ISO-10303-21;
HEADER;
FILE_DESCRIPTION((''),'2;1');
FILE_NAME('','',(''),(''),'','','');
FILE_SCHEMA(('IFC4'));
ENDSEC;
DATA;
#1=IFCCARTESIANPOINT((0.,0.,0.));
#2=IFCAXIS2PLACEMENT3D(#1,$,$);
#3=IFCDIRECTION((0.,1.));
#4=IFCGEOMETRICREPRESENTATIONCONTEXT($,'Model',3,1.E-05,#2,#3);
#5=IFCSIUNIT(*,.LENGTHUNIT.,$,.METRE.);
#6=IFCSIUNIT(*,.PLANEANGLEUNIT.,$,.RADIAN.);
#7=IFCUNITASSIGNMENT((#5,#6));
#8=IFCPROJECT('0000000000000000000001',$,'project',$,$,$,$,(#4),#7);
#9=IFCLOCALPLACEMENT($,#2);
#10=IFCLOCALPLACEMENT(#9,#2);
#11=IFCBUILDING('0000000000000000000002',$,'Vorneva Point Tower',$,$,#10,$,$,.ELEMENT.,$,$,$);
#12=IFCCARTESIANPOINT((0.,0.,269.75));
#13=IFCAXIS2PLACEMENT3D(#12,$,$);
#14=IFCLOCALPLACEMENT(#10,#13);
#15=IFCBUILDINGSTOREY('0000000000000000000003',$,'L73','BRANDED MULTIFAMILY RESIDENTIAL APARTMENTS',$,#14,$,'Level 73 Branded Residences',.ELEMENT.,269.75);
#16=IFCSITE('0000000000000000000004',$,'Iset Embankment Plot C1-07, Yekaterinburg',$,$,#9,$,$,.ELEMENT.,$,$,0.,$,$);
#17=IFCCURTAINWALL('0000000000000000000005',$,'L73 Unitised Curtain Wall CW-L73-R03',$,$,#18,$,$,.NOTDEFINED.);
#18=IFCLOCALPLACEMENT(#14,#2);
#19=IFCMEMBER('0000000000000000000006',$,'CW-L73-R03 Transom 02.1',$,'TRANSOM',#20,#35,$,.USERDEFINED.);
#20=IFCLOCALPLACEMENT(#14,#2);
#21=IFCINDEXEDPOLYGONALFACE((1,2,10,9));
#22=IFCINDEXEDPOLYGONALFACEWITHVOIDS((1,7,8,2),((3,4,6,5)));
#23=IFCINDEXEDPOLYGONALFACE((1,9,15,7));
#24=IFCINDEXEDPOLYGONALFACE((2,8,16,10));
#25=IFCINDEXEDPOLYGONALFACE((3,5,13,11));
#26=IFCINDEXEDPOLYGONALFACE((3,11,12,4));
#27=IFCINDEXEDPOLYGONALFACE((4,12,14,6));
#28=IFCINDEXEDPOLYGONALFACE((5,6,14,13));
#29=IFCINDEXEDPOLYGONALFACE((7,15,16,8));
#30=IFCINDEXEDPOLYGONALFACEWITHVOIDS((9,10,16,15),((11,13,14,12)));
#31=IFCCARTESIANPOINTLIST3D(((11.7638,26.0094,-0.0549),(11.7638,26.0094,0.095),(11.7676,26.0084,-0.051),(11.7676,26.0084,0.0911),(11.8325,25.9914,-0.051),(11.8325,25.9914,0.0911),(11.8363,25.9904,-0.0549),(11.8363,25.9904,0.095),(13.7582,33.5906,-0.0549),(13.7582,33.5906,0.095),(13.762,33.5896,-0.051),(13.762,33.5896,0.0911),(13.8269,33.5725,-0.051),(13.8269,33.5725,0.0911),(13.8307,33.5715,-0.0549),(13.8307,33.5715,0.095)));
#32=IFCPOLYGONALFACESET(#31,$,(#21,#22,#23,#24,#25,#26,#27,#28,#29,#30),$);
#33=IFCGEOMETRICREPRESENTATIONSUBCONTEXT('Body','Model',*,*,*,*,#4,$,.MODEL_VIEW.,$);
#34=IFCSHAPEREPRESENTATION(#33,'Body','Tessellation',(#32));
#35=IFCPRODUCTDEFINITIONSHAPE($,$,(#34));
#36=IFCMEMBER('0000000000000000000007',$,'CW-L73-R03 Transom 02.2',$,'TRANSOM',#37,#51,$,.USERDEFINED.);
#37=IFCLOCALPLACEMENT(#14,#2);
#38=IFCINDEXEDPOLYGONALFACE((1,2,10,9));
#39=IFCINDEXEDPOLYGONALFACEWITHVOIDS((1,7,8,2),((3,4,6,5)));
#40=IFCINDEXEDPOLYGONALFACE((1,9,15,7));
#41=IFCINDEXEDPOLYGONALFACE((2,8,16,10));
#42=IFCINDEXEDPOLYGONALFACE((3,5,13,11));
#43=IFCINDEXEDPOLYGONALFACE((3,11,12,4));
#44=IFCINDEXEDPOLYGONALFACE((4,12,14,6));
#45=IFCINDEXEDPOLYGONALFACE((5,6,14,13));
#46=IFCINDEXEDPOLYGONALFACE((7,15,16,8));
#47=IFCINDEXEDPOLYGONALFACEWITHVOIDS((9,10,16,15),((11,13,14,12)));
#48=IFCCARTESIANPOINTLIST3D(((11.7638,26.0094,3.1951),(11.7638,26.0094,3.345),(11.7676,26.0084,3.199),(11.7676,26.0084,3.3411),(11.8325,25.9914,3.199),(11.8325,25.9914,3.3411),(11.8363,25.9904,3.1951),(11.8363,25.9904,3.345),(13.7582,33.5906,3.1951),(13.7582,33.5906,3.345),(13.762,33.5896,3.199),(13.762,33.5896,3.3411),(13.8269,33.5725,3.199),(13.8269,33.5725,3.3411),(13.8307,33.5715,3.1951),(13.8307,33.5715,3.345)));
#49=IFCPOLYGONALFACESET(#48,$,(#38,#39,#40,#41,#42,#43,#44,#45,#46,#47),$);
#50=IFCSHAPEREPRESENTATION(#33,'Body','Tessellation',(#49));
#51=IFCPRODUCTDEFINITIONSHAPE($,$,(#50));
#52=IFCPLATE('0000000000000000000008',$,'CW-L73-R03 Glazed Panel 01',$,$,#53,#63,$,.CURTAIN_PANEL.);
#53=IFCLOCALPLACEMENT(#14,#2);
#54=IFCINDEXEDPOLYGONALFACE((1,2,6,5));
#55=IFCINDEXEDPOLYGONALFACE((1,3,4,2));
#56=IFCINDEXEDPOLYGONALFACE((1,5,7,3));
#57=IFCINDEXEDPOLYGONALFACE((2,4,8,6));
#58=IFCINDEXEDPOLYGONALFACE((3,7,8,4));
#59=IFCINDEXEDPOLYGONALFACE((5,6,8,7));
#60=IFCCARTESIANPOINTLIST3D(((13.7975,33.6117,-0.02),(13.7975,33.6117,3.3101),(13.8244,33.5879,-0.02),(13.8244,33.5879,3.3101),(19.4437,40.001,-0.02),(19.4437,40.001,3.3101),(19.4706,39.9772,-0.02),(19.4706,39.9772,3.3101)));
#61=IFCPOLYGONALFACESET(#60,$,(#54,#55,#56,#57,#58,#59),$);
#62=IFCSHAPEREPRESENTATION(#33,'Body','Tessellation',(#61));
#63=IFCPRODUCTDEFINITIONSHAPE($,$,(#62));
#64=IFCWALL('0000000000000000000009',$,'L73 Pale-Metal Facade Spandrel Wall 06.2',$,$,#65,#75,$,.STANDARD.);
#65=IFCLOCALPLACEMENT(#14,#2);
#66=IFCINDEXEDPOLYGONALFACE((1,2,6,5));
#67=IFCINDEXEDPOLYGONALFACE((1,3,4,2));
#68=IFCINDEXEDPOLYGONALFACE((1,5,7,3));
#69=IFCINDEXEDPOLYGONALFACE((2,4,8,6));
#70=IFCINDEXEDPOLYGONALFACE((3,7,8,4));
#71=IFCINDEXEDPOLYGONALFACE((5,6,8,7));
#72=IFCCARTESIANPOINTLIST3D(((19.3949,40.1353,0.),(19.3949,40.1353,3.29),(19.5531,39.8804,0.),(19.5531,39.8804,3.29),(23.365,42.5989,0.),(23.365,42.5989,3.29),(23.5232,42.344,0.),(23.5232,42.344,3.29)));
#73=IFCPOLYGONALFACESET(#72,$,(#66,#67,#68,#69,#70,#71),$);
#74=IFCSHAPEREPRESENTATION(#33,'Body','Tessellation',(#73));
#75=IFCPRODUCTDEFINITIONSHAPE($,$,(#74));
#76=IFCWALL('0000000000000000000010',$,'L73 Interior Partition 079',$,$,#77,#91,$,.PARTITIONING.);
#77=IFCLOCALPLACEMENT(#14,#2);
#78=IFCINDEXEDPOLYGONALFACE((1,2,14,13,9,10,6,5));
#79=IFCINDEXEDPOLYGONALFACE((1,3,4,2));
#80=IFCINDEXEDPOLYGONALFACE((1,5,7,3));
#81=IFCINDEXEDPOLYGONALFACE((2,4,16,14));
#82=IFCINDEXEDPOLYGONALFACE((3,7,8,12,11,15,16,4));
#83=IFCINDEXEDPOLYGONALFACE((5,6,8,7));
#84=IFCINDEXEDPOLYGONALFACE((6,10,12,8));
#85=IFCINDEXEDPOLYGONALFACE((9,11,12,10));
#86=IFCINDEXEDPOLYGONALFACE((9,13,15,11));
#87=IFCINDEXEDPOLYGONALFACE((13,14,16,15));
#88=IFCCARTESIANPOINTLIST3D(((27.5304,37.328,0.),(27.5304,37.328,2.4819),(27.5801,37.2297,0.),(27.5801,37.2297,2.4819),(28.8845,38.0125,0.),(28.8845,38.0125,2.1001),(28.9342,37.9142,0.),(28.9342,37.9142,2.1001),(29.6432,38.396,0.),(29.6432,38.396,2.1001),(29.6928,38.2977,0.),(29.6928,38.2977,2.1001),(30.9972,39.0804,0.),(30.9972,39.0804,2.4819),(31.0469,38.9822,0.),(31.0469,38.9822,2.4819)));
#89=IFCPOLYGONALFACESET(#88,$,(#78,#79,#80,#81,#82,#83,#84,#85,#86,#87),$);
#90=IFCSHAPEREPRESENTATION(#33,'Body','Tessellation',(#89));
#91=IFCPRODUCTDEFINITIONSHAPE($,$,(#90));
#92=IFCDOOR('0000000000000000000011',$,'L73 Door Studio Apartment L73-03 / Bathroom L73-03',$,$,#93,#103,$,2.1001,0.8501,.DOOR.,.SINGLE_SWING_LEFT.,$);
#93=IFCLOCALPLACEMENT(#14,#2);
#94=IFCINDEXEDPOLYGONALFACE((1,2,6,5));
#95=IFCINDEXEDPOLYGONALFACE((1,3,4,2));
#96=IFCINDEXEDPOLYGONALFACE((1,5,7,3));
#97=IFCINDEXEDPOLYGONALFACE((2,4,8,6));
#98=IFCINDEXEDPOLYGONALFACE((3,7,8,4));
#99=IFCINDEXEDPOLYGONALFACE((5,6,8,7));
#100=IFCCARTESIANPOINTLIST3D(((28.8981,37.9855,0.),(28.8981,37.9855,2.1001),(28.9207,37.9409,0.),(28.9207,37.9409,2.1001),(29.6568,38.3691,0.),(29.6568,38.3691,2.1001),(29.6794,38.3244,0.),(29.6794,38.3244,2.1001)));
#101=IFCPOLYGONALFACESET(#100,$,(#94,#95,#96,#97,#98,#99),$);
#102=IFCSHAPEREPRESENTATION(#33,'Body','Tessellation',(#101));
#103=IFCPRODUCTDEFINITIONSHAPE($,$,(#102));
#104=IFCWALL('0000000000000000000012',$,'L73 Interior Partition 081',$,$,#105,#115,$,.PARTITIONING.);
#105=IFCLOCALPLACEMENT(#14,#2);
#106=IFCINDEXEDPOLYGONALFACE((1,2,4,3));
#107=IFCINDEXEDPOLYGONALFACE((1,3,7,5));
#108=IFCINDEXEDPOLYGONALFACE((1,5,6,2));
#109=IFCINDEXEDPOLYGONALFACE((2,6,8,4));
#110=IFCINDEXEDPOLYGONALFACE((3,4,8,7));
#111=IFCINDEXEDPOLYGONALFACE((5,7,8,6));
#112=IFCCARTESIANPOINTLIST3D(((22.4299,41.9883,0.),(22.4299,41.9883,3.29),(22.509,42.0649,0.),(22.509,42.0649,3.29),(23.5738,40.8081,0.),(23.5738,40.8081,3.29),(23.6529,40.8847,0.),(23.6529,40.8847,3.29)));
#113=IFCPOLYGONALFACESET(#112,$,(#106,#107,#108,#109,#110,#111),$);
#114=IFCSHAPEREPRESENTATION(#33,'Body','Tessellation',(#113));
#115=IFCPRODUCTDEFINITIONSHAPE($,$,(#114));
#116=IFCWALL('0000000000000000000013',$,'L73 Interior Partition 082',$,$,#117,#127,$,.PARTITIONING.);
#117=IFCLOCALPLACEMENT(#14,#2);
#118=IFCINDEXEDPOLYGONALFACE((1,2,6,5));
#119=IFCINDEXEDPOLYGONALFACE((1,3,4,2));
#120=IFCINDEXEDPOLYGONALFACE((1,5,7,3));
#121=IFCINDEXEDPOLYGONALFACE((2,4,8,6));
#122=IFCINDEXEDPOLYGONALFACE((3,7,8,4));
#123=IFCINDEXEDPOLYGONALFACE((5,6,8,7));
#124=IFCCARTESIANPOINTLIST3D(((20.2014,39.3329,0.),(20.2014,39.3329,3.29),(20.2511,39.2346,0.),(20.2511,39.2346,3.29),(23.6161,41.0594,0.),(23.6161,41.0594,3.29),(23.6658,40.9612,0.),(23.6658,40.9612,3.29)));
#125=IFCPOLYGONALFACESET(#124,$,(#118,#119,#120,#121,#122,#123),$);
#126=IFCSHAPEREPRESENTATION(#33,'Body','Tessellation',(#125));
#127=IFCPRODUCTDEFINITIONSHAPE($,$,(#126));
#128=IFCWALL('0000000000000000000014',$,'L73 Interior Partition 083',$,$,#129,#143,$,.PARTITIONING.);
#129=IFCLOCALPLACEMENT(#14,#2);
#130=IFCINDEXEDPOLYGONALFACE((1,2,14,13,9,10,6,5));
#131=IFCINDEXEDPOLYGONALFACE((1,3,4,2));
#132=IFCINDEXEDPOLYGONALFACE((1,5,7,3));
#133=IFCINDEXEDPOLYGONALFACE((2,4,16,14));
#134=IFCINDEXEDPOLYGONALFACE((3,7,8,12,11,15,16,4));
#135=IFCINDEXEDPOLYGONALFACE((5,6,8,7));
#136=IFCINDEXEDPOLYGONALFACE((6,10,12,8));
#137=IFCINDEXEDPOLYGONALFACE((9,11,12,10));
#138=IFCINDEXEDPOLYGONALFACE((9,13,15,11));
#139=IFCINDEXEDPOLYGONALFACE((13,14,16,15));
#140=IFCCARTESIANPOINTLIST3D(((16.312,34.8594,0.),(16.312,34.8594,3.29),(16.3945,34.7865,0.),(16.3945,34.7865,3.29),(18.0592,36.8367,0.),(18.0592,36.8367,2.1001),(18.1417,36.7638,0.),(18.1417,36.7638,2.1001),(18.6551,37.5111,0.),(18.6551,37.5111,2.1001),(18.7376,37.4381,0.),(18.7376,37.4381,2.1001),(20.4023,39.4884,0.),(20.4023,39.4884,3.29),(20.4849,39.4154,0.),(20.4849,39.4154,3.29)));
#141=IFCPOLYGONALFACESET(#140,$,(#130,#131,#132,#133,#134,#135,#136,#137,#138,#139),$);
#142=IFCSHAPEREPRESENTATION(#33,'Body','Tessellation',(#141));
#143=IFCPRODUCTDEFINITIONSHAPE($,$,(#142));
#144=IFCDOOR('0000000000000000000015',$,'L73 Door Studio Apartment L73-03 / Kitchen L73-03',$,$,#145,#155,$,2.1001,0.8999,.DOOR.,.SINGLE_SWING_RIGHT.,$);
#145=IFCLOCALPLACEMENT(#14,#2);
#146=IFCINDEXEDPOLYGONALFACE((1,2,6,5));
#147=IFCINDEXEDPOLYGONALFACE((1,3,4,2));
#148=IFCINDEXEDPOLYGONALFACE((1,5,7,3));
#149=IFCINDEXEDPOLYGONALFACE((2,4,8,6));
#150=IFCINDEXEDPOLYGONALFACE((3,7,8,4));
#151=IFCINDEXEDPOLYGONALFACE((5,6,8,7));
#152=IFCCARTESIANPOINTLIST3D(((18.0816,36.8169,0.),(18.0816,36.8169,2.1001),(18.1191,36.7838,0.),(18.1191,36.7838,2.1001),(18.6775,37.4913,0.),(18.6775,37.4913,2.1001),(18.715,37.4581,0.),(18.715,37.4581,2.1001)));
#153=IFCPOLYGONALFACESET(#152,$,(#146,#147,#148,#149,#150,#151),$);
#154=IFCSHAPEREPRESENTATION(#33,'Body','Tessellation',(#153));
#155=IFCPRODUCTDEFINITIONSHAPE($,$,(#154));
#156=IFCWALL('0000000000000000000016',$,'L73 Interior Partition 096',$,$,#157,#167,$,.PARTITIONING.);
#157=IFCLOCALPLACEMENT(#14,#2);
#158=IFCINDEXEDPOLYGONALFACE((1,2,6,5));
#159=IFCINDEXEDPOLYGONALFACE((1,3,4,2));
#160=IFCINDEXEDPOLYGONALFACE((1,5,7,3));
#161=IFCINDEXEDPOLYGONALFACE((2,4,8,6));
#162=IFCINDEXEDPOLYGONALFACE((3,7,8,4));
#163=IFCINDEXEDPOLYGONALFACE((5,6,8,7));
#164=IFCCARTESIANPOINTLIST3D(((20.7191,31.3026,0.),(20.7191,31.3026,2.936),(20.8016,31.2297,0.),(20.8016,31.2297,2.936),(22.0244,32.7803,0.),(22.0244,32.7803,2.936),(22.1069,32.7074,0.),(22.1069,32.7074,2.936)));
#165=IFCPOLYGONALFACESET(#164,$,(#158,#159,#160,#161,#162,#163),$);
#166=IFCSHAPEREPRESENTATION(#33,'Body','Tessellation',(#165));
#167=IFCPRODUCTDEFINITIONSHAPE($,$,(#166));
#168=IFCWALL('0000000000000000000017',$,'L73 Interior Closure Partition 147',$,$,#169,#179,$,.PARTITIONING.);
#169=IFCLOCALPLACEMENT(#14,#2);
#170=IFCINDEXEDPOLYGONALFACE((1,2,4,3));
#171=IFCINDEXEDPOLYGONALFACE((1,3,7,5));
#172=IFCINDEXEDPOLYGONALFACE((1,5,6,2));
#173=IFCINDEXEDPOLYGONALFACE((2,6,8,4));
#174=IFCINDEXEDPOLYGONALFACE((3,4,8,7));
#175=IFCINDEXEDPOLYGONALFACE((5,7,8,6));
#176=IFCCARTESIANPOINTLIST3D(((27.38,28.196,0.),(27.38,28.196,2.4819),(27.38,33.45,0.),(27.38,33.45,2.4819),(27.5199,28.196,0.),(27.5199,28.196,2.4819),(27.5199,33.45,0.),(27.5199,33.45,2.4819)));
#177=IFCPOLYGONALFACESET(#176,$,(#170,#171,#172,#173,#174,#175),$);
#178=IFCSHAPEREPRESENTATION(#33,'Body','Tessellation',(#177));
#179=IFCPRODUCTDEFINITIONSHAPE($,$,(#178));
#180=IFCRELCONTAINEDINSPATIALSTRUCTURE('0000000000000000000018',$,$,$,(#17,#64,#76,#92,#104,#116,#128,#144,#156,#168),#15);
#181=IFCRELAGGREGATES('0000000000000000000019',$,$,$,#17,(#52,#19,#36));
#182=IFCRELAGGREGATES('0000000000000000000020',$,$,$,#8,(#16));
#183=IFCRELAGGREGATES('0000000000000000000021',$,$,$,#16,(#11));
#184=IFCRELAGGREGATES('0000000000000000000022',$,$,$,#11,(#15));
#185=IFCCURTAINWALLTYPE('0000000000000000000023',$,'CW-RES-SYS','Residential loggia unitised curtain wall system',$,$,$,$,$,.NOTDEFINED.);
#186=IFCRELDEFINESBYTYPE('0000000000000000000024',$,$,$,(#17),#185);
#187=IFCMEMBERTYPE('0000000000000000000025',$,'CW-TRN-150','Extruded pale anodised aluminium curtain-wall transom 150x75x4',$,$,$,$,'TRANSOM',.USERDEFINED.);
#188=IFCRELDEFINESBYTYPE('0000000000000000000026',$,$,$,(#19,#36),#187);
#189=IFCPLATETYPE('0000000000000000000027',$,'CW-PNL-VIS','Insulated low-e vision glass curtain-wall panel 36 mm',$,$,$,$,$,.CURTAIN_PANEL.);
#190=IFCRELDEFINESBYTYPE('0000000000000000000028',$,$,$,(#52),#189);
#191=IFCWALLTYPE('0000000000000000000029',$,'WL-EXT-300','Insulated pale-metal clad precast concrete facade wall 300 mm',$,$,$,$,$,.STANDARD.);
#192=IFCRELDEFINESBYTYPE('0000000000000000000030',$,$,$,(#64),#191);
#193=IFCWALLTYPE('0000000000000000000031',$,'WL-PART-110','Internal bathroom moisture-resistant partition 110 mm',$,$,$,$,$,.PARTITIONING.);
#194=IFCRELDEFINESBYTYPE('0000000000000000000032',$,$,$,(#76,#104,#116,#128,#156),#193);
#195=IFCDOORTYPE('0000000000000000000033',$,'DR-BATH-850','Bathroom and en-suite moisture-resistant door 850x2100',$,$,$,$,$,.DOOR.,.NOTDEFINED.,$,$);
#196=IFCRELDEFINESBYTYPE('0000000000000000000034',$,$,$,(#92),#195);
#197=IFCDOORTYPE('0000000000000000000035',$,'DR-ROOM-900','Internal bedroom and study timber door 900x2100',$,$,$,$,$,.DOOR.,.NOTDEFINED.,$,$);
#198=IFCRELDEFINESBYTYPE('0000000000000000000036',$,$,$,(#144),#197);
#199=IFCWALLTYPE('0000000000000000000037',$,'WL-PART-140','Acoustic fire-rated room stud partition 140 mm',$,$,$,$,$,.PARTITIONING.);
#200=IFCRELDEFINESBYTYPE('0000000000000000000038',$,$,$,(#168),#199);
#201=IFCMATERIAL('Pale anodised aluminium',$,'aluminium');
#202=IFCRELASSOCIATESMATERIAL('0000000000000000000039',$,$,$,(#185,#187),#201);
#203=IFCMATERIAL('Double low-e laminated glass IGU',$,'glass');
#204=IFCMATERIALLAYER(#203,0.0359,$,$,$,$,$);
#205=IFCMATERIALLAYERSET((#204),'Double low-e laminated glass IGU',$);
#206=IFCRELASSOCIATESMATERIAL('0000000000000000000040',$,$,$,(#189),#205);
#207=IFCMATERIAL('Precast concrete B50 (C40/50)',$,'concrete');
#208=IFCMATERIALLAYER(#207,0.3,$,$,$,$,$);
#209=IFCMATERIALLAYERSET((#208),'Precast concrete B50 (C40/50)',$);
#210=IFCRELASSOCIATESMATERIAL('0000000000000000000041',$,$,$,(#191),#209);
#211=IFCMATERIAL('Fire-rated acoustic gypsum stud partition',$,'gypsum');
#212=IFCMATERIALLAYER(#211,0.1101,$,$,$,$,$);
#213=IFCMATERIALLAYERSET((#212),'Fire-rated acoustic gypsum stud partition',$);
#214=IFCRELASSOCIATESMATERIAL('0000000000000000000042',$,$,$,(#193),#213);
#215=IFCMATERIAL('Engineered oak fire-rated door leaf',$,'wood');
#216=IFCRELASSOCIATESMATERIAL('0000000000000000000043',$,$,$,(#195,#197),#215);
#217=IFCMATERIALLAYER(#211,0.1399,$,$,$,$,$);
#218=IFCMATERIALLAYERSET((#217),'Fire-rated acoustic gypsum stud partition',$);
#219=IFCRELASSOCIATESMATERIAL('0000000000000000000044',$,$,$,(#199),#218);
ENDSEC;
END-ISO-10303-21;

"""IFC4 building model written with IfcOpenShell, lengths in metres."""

from ifc_helpers import new_model, si_unit, direction, frame, frame_2d, origin, origin_2d, place, context, subcontext, project, spatial, rectangle, hollow_rectangle, extrude, material, layer, layer_set, material_profile, profile_set, type_object, element, fill, aggregate, save


model = new_model("IFC4")

# Units and contexts
model_context = context("Model", 3, precision=1e-05, world=origin(), true_north=direction((0.0, 1.0)))
body_context = subcontext(model_context, "Body", "Model", "MODEL_VIEW")
ifc_project = project(units=[si_unit("LENGTHUNIT", "METRE"), si_unit("PLANEANGLEUNIT", "RADIAN")], contexts=[model_context])

# Site, building, storey
site_placement = place(None, origin())
site = spatial("IfcSite", under=ifc_project, at=site_placement, Name="Iset Embankment Plot C1-07, Yekaterinburg", CompositionType="ELEMENT", RefElevation=0.0)
building_placement = place(site_placement, origin())
building = spatial("IfcBuilding", under=site, at=building_placement, Name="Vorneva Point Tower", CompositionType="ELEMENT")
storey_placement = place(building_placement, frame((0.0, 0.0, 269.75)))
storey = spatial("IfcBuildingStorey", under=building, at=storey_placement, Name="L73", Description="BRANDED MULTIFAMILY RESIDENTIAL APARTMENTS", LongName="Level 73 Branded Residences", CompositionType="ELEMENT", Elevation=269.75)

# Curtain wall, members, plate
ifc_material_1 = material(Name="Pale anodised aluminium", Category="aluminium")
curtain_wall_type = type_object("IfcCurtainWallType", Name="CW-RES-SYS", Description="Residential loggia unitised curtain wall system", PredefinedType="NOTDEFINED", material=ifc_material_1)
curtain_wall_placement = place(storey_placement, origin())
curtain_wall = element("IfcCurtainWall", 1, at=curtain_wall_placement, inside=storey, type_object=curtain_wall_type, Name="L73 Unitised Curtain Wall CW-L73-R03", PredefinedType="NOTDEFINED")
ifc_material_profile_1 = material_profile(ifc_material_1, hollow_rectangle(XDim=0.075, YDim=0.1499, WallThickness=0.0039, at=origin_2d()), Name="AL-TRN 150x75x4")
ifc_profile_set_1 = profile_set([ifc_material_profile_1], Name="Pale anodised aluminium")
member_type_1 = type_object("IfcMemberType", Name="CW-TRN-150", Description="Extruded pale anodised aluminium curtain-wall transom 150x75x4", ElementType="TRANSOM", PredefinedType="USERDEFINED", material=ifc_profile_set_1)
member_1_placement = place(storey_placement, frame((13.7944, 33.5811, 0.02), z_axis=(-0.254418, -0.967094, 0.0), x_axis=(0.967094, -0.254418, 0.0)))
member_1 = element("IfcMember", 2, at=member_1_placement, type_object=member_type_1, Name="CW-L73-R03 Transom 02.1", ObjectType="TRANSOM", PredefinedType="USERDEFINED", context=body_context, shape_type="SweptSolid", body=[
    extrude(hollow_rectangle(XDim=0.075, YDim=0.1499, WallThickness=0.0039, at=origin_2d()), origin(), (0.0, 0.0, 1.0), 7.8391),
])
member_2_placement = place(storey_placement, frame((13.7944, 33.5811, 3.27), z_axis=(-0.254418, -0.967094, 0.0), x_axis=(0.967094, -0.254418, 0.0)))
member_2 = element("IfcMember", 3, at=member_2_placement, type_object=member_type_1, Name="CW-L73-R03 Transom 02.2", ObjectType="TRANSOM", PredefinedType="USERDEFINED", context=body_context, shape_type="SweptSolid", body=[
    extrude(hollow_rectangle(XDim=0.075, YDim=0.1499, WallThickness=0.0039, at=origin_2d()), origin(), (0.0, 0.0, 1.0), 7.8391),
])
ifc_material_2 = material(Name="Double low-e laminated glass IGU", Category="glass")
ifc_layer_1 = layer(ifc_material_2, 0.0359)
ifc_layer_set_1 = layer_set([ifc_layer_1], Name="Double low-e laminated glass IGU")
plate_type = type_object("IfcPlateType", Name="CW-PNL-VIS", Description="Insulated low-e vision glass curtain-wall panel 36 mm", PredefinedType="CURTAIN_PANEL", material=ifc_layer_set_1)
plate_placement = place(storey_placement, frame((16.634, 36.7944, -0.02), z_axis=(0.0, 0.0, 1.0), x_axis=(-0.662189, -0.749337, 0.0)))
plate = element("IfcPlate", 4, at=plate_placement, type_object=plate_type, Name="CW-L73-R03 Glazed Panel 01", PredefinedType="CURTAIN_PANEL", context=body_context, shape_type="SweptSolid", body=[
    extrude(rectangle(XDim=8.5266, YDim=0.0359, at=origin_2d()), origin(), (0.0, 0.0, 1.0), 3.3301),
])
aggregate(curtain_wall, [plate, member_1, member_2])

# Wall
ifc_material_3 = material(Name="Precast concrete B50 (C40/50)", Category="concrete")
ifc_layer_2 = layer(ifc_material_3, 0.3)
ifc_layer_set_2 = layer_set([ifc_layer_2], Name="Precast concrete B50 (C40/50)")
wall_type_1 = type_object("IfcWallType", Name="WL-EXT-300", Description="Insulated pale-metal clad precast concrete facade wall 300 mm", PredefinedType="STANDARD", material=ifc_layer_set_2)
wall_1_placement = place(storey_placement, frame((23.4441, 42.4714, 0.0), z_axis=(0.0, 0.0, 1.0), x_axis=(-0.849702, -0.527263, 0.0)))
element("IfcWall", 5, at=wall_1_placement, inside=storey, type_object=wall_type_1, Name="L73 Pale-Metal Facade Spandrel Wall 06.2", PredefinedType="STANDARD", context=body_context, shape_type="SweptSolid", body=[
    extrude(rectangle(XDim=4.6724, YDim=0.3, at=frame_2d((2.3362, 0.0))), origin(), (0.0, 0.0, 1.0), 3.29),
])

# Wall, opening, door
ifc_material_4 = material(Name="Fire-rated acoustic gypsum stud partition", Category="gypsum")
ifc_layer_3 = layer(ifc_material_4, 0.1101)
ifc_layer_set_3 = layer_set([ifc_layer_3], Name="Fire-rated acoustic gypsum stud partition")
wall_type_2 = type_object("IfcWallType", Name="WL-PART-110", Description="Internal bathroom moisture-resistant partition 110 mm", PredefinedType="PARTITIONING", material=ifc_layer_set_3)
wall_2_placement = place(storey_placement, frame((27.5552, 37.2788, 0.0), z_axis=(0.0, 0.0, 1.0), x_axis=(0.892458, 0.451131, 0.0)))
wall_2 = element("IfcWall", 6, at=wall_2_placement, inside=storey, type_object=wall_type_2, Name="L73 Interior Partition 079", PredefinedType="PARTITIONING", context=body_context, shape_type="SweptSolid", body=[
    extrude(rectangle(XDim=3.8845, YDim=0.1101, at=frame_2d((1.9424, 0.0))), origin(), (0.0, 0.0, 1.0), 2.4819),
])
opening_1_placement = place(wall_2_placement, frame((1.5173, 0.0, 0.0)))
opening_1 = element("IfcOpeningElement", 7, at=opening_1_placement, cuts=wall_2, PredefinedType="OPENING", context=body_context, shape_type="SweptSolid", body=[
    extrude(rectangle(XDim=0.8501, YDim=2.1001, at=frame_2d((0.425, 1.05))), frame((0.0, 0.0698, 0.0), z_axis=(0.0, -1.0, 0.0), x_axis=(1.0, 0.0, 0.0)), (0.0, 0.0, 1.0), 0.1399),
])
ifc_material_5 = material(Name="Engineered oak fire-rated door leaf", Category="wood")
door_type_1 = type_object("IfcDoorType", Name="DR-BATH-850", Description="Bathroom and en-suite moisture-resistant door 850x2100", OperationType="NOTDEFINED", PredefinedType="DOOR", material=ifc_material_5)
door_1_placement = place(opening_1_placement, origin())
door_1 = element("IfcDoor", 8, at=door_1_placement, inside=storey, type_object=door_type_1, Name="L73 Door Studio Apartment L73-03 / Bathroom L73-03", OperationType="SINGLE_SWING_LEFT", OverallHeight=2.1001, OverallWidth=0.8501, PredefinedType="DOOR", context=body_context, shape_type="SweptSolid", body=[
    extrude(rectangle(XDim=0.8501, YDim=2.1001, at=frame_2d((0.425, 1.05))), frame((0.0, 0.0249, 0.0), z_axis=(0.0, -1.0, 0.0), x_axis=(1.0, 0.0, 0.0)), (0.0, 0.0, 1.0), 0.05),
])
fill(opening_1, door_1)

# Walls
wall_3_placement = place(storey_placement, frame((22.4695, 42.0266, 0.0), z_axis=(0.0, 0.0, 1.0), x_axis=(0.695953, -0.718087, 0.0)))
element("IfcWall", 9, at=wall_3_placement, inside=storey, type_object=wall_type_2, Name="L73 Interior Partition 081", PredefinedType="PARTITIONING", context=body_context, shape_type="SweptSolid", body=[
    extrude(rectangle(XDim=1.6436, YDim=0.1101, at=frame_2d((0.8218, 0.0))), origin(), (0.0, 0.0, 1.0), 3.29),
])
wall_4_placement = place(storey_placement, frame((23.6409, 41.0103, 0.0), z_axis=(0.0, 0.0, 1.0), x_axis=(-0.892415, -0.451216, 0.0)))
element("IfcWall", 10, at=wall_4_placement, inside=storey, type_object=wall_type_2, Name="L73 Interior Partition 082", PredefinedType="PARTITIONING", context=body_context, shape_type="SweptSolid", body=[
    extrude(rectangle(XDim=3.8264, YDim=0.1101, at=frame_2d((1.9131, 0.0))), origin(), (0.0, 0.0, 1.0), 3.29),
])

# Wall, opening, door
wall_5_placement = place(storey_placement, frame((20.4436, 39.4519, 0.0), z_axis=(0.0, 0.0, 1.0), x_axis=(-0.662168, -0.749356, 0.0)))
wall_5 = element("IfcWall", 11, at=wall_5_placement, inside=storey, type_object=wall_type_2, Name="L73 Interior Partition 083", PredefinedType="PARTITIONING", context=body_context, shape_type="SweptSolid", body=[
    extrude(rectangle(XDim=6.1772, YDim=0.1101, at=frame_2d((3.0886, 0.0))), origin(), (0.0, 0.0, 1.0), 3.29),
])
opening_2_placement = place(wall_5_placement, frame((2.6387, 0.0, 0.0)))
opening_2 = element("IfcOpeningElement", 12, at=opening_2_placement, cuts=wall_5, PredefinedType="OPENING", context=body_context, shape_type="SweptSolid", body=[
    extrude(rectangle(XDim=0.8999, YDim=2.1001, at=frame_2d((0.45, 1.05))), frame((0.0, 0.0698, 0.0), z_axis=(0.0, -1.0, 0.0), x_axis=(1.0, 0.0, 0.0)), (0.0, 0.0, 1.0), 0.1399),
])
door_type_2 = type_object("IfcDoorType", Name="DR-ROOM-900", Description="Internal bedroom and study timber door 900x2100", OperationType="NOTDEFINED", PredefinedType="DOOR", material=ifc_material_5)
door_2_placement = place(opening_2_placement, origin())
door_2 = element("IfcDoor", 13, at=door_2_placement, inside=storey, type_object=door_type_2, Name="L73 Door Studio Apartment L73-03 / Kitchen L73-03", OperationType="SINGLE_SWING_RIGHT", OverallHeight=2.1001, OverallWidth=0.8999, PredefinedType="DOOR", context=body_context, shape_type="SweptSolid", body=[
    extrude(rectangle(XDim=0.8999, YDim=2.1001, at=frame_2d((0.45, 1.05))), frame((0.0, 0.0249, 0.0), z_axis=(0.0, -1.0, 0.0), x_axis=(1.0, 0.0, 0.0)), (0.0, 0.0, 1.0), 0.05),
])
fill(opening_2, door_2)

# Walls
wall_6_placement = place(storey_placement, frame((22.0657, 32.7439, 0.0), z_axis=(0.0, 0.0, 1.0), x_axis=(-0.662047, -0.749462, 0.0)))
element("IfcWall", 14, at=wall_6_placement, inside=storey, type_object=wall_type_2, Name="L73 Interior Partition 096", PredefinedType="PARTITIONING", context=body_context, shape_type="SweptSolid", body=[
    extrude(rectangle(XDim=1.9717, YDim=0.1101, at=frame_2d((0.9858, 0.0))), origin(), (0.0, 0.0, 1.0), 2.936),
])
ifc_layer_4 = layer(ifc_material_4, 0.1399)
ifc_layer_set_4 = layer_set([ifc_layer_4], Name="Fire-rated acoustic gypsum stud partition")
wall_type_3 = type_object("IfcWallType", Name="WL-PART-140", Description="Acoustic fire-rated room stud partition 140 mm", PredefinedType="PARTITIONING", material=ifc_layer_set_4)
wall_7_placement = place(storey_placement, frame((27.45, 33.45, 0.0), z_axis=(0.0, 0.0, 1.0), x_axis=(0.0, -1.0, 0.0)))
element("IfcWall", 15, at=wall_7_placement, inside=storey, type_object=wall_type_3, Name="L73 Interior Closure Partition 147", PredefinedType="PARTITIONING", context=body_context, shape_type="SweptSolid", body=[
    extrude(rectangle(XDim=5.2539, YDim=0.1399, at=frame_2d((2.627, 0.0))), origin(), (0.0, 0.0, 1.0), 2.4819),
])

save(model, "model.ifc")
